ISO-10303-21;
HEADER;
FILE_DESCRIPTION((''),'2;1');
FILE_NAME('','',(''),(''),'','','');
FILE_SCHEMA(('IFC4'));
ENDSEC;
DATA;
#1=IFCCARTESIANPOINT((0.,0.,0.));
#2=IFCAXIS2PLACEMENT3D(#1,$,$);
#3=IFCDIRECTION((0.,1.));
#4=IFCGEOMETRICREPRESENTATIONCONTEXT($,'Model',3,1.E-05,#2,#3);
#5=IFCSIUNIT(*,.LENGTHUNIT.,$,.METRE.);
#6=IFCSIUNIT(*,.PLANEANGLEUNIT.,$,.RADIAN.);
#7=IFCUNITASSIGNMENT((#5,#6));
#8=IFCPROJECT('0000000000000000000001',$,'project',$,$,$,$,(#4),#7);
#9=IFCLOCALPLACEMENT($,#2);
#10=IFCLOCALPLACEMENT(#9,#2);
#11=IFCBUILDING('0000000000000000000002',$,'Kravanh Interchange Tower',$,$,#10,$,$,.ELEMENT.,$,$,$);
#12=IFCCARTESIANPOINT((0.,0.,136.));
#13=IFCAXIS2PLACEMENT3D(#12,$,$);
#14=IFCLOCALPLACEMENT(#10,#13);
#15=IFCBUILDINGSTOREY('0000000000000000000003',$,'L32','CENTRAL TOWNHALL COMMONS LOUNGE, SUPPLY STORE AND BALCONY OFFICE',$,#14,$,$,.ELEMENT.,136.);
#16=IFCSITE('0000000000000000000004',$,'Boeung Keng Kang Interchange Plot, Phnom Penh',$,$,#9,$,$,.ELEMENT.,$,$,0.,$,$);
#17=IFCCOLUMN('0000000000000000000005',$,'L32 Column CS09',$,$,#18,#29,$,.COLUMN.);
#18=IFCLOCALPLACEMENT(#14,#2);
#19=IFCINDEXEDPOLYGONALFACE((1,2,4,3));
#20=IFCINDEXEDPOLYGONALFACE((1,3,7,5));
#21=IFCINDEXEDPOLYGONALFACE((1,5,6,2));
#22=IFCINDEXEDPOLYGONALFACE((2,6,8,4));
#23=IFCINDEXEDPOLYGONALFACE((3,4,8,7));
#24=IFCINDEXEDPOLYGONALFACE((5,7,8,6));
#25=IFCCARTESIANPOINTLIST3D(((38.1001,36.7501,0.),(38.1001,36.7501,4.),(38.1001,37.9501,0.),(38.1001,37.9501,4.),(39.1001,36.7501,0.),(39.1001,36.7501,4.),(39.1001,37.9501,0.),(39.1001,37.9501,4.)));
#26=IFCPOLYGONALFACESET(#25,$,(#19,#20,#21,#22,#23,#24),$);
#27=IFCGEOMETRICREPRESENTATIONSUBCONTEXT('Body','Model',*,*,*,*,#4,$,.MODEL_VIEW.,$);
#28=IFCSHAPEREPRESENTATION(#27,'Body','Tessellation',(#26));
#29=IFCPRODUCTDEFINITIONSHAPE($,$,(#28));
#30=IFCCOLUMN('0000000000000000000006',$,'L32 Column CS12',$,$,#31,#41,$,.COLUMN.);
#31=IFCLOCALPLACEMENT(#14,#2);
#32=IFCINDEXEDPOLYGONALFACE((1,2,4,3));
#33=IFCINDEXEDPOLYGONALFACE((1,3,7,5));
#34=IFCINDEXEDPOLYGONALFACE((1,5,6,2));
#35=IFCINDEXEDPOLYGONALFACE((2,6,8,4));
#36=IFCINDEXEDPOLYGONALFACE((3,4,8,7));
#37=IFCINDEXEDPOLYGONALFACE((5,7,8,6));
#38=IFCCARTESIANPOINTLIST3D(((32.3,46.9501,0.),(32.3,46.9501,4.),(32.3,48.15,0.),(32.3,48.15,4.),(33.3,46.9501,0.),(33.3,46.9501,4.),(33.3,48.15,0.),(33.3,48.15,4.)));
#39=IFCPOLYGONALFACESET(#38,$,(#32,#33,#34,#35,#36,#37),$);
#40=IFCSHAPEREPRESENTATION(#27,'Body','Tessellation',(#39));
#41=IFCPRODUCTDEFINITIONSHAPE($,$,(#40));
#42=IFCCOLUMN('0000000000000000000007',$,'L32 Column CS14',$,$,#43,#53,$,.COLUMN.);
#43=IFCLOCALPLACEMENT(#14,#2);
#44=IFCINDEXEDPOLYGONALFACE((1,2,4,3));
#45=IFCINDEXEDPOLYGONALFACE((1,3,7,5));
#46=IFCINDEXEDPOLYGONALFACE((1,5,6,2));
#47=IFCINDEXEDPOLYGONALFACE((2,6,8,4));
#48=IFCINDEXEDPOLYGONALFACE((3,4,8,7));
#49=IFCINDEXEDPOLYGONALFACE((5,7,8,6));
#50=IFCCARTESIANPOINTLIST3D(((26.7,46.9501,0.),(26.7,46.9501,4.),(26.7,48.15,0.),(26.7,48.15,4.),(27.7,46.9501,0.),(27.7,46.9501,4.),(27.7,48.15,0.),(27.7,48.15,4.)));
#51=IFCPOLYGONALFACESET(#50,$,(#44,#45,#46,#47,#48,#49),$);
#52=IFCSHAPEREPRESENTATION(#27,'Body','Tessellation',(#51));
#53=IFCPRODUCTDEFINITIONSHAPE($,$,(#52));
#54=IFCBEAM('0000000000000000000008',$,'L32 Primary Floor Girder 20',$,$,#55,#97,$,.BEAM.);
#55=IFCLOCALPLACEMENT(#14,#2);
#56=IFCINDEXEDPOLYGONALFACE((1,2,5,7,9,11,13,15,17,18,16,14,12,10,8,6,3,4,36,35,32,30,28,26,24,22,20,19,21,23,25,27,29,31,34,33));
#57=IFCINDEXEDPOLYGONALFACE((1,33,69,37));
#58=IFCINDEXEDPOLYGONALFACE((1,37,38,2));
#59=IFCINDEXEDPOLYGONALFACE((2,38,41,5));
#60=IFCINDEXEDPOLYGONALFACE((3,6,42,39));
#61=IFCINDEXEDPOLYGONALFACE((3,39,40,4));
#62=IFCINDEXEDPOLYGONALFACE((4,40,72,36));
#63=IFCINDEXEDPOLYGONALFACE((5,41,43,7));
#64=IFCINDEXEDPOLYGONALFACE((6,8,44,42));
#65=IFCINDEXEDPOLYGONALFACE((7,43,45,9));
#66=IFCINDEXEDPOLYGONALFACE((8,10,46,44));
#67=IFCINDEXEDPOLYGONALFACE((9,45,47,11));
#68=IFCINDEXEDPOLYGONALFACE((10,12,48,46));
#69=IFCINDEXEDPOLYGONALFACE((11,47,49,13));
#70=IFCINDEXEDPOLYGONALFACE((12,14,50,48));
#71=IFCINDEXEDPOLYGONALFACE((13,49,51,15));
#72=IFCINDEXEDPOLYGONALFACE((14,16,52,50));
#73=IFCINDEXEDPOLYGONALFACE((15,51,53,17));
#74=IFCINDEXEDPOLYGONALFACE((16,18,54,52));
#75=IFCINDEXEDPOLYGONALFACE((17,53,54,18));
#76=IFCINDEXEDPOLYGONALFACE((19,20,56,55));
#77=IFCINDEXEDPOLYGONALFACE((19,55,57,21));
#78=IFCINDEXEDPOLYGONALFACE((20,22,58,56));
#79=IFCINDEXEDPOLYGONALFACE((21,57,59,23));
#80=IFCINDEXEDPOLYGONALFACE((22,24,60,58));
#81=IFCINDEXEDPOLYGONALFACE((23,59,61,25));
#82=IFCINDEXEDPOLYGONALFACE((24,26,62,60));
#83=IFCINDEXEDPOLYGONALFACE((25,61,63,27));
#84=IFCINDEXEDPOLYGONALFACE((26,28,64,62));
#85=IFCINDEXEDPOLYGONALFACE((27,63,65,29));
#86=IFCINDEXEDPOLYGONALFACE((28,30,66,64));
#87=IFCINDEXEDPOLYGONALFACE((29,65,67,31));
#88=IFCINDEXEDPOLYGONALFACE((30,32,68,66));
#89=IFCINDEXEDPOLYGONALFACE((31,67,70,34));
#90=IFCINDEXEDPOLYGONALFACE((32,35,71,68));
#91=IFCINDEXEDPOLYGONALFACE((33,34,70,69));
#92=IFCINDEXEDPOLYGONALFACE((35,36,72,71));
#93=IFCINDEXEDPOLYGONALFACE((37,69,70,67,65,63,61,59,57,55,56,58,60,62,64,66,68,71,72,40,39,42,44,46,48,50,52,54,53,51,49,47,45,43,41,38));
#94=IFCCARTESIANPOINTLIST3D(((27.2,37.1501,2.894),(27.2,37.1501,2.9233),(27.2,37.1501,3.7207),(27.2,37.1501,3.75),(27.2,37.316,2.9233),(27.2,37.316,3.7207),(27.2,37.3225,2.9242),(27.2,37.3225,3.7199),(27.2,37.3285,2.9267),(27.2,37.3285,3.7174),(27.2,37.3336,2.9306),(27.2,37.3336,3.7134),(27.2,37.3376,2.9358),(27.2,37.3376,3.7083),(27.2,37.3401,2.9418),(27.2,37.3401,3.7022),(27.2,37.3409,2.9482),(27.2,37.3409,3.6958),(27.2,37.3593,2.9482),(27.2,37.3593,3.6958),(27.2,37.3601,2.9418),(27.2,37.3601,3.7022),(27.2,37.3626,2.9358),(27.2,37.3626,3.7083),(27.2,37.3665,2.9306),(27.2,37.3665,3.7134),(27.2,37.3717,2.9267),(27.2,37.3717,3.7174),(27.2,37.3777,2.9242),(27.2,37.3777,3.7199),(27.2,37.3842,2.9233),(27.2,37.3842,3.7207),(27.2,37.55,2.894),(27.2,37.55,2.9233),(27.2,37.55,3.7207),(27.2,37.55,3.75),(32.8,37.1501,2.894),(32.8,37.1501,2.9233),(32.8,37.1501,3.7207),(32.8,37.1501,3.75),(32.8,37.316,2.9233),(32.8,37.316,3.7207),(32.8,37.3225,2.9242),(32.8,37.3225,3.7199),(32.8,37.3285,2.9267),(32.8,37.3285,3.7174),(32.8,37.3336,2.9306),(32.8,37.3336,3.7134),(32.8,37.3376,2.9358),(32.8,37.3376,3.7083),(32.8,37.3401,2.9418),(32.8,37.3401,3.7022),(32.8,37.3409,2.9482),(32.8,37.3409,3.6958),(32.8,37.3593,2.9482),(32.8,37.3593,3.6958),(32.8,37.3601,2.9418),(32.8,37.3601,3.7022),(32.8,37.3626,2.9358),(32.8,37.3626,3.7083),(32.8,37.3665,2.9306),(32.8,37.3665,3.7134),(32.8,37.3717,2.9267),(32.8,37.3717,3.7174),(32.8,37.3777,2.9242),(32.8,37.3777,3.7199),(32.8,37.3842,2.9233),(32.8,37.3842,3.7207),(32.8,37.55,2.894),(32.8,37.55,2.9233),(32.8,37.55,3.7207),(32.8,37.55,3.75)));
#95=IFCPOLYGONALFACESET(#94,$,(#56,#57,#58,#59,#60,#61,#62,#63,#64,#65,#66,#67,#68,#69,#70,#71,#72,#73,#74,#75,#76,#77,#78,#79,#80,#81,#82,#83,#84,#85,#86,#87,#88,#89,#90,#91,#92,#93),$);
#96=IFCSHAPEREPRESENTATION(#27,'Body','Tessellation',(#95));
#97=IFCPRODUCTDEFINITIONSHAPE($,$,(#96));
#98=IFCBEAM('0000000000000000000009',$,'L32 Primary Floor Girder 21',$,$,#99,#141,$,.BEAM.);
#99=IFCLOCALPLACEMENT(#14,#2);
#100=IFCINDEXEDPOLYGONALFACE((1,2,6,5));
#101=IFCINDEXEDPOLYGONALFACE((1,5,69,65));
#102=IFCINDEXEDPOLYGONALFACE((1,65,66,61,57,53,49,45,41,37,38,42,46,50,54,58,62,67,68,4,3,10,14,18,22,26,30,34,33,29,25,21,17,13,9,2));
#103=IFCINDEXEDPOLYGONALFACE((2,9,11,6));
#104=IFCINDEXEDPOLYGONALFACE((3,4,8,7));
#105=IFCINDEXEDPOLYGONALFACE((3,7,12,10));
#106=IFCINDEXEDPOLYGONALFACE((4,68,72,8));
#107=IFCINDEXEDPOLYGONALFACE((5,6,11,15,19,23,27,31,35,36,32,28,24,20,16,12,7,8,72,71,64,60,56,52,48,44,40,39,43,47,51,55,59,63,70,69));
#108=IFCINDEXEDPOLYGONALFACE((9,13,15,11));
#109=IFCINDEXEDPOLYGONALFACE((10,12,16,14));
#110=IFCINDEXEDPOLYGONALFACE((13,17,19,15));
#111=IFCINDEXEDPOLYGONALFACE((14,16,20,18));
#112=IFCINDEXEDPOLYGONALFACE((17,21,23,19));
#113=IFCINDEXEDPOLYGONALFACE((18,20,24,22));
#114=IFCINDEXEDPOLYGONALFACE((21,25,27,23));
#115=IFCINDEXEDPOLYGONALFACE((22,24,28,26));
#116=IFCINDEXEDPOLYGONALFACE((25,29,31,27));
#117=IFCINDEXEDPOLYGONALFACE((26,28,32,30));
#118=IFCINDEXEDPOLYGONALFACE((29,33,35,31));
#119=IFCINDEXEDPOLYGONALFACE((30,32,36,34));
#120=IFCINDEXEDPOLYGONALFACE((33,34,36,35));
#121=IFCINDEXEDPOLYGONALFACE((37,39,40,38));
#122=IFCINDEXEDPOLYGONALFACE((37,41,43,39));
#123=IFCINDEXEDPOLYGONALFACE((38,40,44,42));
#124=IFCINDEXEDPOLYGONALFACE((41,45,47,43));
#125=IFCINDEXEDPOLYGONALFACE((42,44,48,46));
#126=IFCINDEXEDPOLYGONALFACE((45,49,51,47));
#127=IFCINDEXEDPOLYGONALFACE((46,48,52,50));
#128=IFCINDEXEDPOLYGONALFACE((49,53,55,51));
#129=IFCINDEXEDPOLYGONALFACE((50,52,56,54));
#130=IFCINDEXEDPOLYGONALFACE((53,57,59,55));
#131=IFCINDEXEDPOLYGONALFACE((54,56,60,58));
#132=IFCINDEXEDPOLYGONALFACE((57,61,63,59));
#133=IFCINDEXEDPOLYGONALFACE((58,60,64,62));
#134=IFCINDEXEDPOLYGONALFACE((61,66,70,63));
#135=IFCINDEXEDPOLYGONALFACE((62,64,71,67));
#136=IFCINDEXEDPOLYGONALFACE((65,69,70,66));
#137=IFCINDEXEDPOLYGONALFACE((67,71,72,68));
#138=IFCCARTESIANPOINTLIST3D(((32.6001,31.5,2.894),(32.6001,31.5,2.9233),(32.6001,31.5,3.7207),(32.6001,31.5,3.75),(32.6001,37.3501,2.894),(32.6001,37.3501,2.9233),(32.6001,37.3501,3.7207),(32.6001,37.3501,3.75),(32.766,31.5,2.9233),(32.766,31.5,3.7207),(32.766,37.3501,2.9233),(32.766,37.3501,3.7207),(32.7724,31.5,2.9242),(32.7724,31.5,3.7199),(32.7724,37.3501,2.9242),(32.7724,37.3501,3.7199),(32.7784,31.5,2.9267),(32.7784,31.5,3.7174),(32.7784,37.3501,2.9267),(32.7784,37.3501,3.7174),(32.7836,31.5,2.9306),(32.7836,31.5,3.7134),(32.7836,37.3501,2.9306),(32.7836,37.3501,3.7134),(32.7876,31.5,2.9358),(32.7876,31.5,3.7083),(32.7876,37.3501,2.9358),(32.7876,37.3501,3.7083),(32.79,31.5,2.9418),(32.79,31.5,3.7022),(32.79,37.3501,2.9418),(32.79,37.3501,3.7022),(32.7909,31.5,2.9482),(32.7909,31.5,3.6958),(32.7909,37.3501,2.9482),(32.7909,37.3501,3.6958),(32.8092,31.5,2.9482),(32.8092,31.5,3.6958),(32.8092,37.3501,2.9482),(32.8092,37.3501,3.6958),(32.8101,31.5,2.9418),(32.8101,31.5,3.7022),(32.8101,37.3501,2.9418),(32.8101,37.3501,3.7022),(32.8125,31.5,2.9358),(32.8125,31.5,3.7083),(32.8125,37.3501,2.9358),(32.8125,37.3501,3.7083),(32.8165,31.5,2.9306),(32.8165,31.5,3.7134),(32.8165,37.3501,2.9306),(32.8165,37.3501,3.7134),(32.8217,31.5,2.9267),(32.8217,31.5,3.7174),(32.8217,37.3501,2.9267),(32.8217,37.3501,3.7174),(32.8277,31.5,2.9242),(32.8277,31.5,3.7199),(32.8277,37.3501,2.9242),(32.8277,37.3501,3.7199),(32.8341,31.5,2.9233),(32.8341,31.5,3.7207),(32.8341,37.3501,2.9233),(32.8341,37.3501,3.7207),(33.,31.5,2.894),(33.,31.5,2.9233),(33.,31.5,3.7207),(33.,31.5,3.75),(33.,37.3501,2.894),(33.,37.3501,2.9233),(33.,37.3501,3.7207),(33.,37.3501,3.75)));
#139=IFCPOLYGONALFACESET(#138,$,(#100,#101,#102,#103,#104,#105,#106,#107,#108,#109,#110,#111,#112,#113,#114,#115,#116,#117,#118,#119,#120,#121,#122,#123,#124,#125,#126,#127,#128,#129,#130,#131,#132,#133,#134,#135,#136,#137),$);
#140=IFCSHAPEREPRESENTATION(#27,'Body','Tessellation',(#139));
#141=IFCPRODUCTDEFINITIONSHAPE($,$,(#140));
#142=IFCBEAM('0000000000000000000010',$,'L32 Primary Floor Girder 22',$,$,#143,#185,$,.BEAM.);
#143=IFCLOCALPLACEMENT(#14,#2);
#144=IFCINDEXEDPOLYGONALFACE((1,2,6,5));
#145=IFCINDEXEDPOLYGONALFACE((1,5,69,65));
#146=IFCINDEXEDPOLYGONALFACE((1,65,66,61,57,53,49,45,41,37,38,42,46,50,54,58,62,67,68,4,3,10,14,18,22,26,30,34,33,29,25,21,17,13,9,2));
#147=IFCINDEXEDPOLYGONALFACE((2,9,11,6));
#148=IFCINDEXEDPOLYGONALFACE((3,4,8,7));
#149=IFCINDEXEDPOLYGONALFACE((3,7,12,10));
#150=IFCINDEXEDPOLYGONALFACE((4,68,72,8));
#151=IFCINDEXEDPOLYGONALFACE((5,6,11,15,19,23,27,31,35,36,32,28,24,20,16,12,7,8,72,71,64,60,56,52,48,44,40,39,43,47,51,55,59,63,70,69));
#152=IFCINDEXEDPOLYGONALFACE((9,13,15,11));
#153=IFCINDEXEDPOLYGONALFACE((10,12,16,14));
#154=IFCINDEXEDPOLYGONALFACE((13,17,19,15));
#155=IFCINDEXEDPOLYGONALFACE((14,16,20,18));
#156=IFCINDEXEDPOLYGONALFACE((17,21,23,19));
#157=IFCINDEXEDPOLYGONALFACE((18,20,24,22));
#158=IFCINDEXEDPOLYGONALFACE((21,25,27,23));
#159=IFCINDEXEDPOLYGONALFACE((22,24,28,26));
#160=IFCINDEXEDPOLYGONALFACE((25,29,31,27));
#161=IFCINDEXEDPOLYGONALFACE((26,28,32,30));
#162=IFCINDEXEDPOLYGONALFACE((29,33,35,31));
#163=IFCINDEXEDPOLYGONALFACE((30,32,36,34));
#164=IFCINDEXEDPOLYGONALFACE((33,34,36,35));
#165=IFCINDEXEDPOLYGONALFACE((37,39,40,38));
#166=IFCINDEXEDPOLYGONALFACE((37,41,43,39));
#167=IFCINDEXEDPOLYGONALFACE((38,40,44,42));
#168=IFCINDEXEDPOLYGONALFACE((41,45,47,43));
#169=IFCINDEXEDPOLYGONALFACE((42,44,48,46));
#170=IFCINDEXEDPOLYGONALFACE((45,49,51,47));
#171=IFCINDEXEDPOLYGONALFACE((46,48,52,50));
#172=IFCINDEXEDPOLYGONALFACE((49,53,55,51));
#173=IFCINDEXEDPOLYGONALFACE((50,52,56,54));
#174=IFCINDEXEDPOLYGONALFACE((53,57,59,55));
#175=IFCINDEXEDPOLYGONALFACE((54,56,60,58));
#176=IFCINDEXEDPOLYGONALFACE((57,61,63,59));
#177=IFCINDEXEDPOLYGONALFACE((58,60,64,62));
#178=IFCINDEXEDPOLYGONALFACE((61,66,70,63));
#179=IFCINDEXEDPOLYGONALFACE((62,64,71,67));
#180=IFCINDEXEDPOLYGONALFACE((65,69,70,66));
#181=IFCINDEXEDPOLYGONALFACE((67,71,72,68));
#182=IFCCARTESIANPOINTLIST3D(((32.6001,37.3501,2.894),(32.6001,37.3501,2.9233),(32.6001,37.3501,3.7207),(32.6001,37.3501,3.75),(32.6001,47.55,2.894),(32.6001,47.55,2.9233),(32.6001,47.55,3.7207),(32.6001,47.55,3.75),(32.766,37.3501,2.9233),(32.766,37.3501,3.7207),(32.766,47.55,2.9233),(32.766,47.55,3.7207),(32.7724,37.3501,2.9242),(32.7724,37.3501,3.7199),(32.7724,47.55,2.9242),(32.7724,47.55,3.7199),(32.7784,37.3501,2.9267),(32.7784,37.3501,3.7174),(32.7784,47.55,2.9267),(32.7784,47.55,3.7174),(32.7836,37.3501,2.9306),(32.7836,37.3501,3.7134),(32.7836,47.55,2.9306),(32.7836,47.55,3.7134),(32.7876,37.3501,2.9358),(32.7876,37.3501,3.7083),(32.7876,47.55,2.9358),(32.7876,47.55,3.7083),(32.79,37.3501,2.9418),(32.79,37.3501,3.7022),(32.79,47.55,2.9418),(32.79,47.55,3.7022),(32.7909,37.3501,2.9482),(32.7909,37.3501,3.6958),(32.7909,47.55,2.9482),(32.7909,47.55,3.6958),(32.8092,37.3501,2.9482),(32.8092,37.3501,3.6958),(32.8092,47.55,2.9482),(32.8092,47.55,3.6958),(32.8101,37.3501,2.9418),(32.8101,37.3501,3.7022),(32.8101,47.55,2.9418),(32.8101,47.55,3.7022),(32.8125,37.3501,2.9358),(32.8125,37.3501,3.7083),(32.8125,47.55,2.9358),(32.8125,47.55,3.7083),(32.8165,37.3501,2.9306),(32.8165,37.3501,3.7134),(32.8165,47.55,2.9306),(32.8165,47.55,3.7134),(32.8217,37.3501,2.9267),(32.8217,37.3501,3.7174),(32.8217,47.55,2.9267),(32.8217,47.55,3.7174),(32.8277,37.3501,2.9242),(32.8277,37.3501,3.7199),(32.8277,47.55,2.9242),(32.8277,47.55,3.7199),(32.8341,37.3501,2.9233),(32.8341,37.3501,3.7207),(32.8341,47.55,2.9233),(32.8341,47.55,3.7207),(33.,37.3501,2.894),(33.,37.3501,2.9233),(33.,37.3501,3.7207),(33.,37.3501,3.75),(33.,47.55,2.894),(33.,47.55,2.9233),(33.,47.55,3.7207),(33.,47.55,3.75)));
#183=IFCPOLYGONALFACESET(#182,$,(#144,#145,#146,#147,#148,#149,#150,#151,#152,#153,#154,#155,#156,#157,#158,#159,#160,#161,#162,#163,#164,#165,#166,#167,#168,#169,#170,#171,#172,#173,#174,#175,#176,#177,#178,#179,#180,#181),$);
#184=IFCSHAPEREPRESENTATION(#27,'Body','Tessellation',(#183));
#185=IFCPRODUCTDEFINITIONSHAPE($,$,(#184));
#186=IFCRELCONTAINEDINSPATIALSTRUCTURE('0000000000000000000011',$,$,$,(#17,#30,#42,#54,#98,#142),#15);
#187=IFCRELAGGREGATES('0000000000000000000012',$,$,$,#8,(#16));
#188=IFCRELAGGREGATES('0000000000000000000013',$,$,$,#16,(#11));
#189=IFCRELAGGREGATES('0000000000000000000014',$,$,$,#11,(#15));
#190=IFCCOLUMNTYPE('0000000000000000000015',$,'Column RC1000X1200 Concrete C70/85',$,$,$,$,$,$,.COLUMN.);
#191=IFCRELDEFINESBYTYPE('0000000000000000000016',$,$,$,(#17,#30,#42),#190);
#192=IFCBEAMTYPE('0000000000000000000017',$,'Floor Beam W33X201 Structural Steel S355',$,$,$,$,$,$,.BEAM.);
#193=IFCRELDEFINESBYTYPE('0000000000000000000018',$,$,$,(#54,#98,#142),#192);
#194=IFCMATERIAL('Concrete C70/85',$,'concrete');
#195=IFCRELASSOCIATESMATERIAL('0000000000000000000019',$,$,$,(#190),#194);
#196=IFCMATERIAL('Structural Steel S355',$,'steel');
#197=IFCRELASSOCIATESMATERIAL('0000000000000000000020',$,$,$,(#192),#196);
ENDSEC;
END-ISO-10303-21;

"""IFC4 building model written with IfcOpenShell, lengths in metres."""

from ifc_helpers import new_model, si_unit, direction, frame, origin, origin_2d, place, context, subcontext, project, spatial, rectangle, i_section, extrude, material, material_profile, profile_set, type_object, element, save


model = new_model("IFC4")

# Units and contexts
model_context = context("Model", 3, precision=1e-05, world=origin(), true_north=direction((0.0, 1.0)))
body_context = subcontext(model_context, "Body", "Model", "MODEL_VIEW")
ifc_project = project(units=[si_unit("LENGTHUNIT", "METRE"), si_unit("PLANEANGLEUNIT", "RADIAN")], contexts=[model_context])

# Site, building, storey
site_placement = place(None, origin())
site = spatial("IfcSite", under=ifc_project, at=site_placement, Name="Boeung Keng Kang Interchange Plot, Phnom Penh", CompositionType="ELEMENT", RefElevation=0.0)
building_placement = place(site_placement, origin())
building = spatial("IfcBuilding", under=site, at=building_placement, Name="Kravanh Interchange Tower", CompositionType="ELEMENT")
storey_placement = place(building_placement, frame((0.0, 0.0, 136.0)))
storey = spatial("IfcBuildingStorey", under=building, at=storey_placement, Name="L32", Description="CENTRAL TOWNHALL COMMONS LOUNGE, SUPPLY STORE AND BALCONY OFFICE", CompositionType="ELEMENT", Elevation=136.0)

# Columns
ifc_material_1 = material(Name="Concrete C70/85", Category="concrete")
ifc_material_profile_1 = material_profile(ifc_material_1, rectangle(XDim=1.0, YDim=1.2, at=origin_2d()), Name="RC1000X1200")
ifc_profile_set_1 = profile_set([ifc_material_profile_1], Name="Concrete C70/85")
column_type = type_object("IfcColumnType", Name="Column RC1000X1200 Concrete C70/85", PredefinedType="COLUMN", material=ifc_profile_set_1)
for number, where, z_axis, x_axis, name in (
    (1, (38.6001, 37.3501, 0.0), (0.0, 0.0, 1.0), (1.0, 0.0, 0.0), "L32 Column CS09"),
    (2, (32.8, 47.55, 0.0), (0.0, 0.0, 1.0), (1.0, 0.0, 0.0), "L32 Column CS12"),
    (3, (27.2, 47.55, 0.0), (0.0, 0.0, 1.0), (1.0, 0.0, 0.0), "L32 Column CS14"),
):
    element("IfcColumn", number, at=place(storey_placement, frame(where, z_axis=z_axis, x_axis=x_axis)), inside=storey, type_object=column_type, Name=name, PredefinedType="COLUMN", context=body_context, shape_type="SweptSolid", body=[
        extrude(rectangle(XDim=1.0, YDim=1.2, at=origin_2d()), origin(), (0.0, 0.0, 1.0), 4.0),
    ])

# Beams
ifc_material_2 = material(Name="Structural Steel S355", Category="steel")
ifc_material_profile_2 = material_profile(ifc_material_2, i_section(OverallWidth=0.3999, OverallDepth=0.856, WebThickness=0.0183, FlangeThickness=0.0293, FilletRadius=0.0249, at=origin_2d()), Name="W33X201")
ifc_profile_set_2 = profile_set([ifc_material_profile_2], Name="Structural Steel S355")
beam_type = type_object("IfcBeamType", Name="Floor Beam W33X201 Structural Steel S355", PredefinedType="BEAM", material=ifc_profile_set_2)
beam_1_placement = place(storey_placement, frame((32.8, 37.3501, 3.322), z_axis=(-1.0, 0.0, 0.0), x_axis=(0.0, -1.0, 0.0)))
element("IfcBeam", 4, at=beam_1_placement, inside=storey, type_object=beam_type, Name="L32 Primary Floor Girder 20", PredefinedType="BEAM", context=body_context, shape_type="SweptSolid", body=[
    extrude(i_section(OverallWidth=0.3999, OverallDepth=0.856, WebThickness=0.0183, FlangeThickness=0.0293, FilletRadius=0.0249, at=origin_2d()), origin(), (0.0, 0.0, 1.0), 5.6001),
])
beam_2_placement = place(storey_placement, frame((32.8, 37.3501, 3.322), z_axis=(0.0, -1.0, 0.0), x_axis=(1.0, 0.0, 0.0)))
element("IfcBeam", 5, at=beam_2_placement, inside=storey, type_object=beam_type, Name="L32 Primary Floor Girder 21", PredefinedType="BEAM", context=body_context, shape_type="SweptSolid", body=[
    extrude(i_section(OverallWidth=0.3999, OverallDepth=0.856, WebThickness=0.0183, FlangeThickness=0.0293, FilletRadius=0.0249, at=origin_2d()), origin(), (0.0, 0.0, 1.0), 5.8501),
])
beam_3_placement = place(storey_placement, frame((32.8, 37.3501, 3.322), z_axis=(0.0, 1.0, 0.0), x_axis=(-1.0, 0.0, 0.0)))
element("IfcBeam", 6, at=beam_3_placement, inside=storey, type_object=beam_type, Name="L32 Primary Floor Girder 22", PredefinedType="BEAM", context=body_context, shape_type="SweptSolid", body=[
    extrude(i_section(OverallWidth=0.3999, OverallDepth=0.856, WebThickness=0.0183, FlangeThickness=0.0293, FilletRadius=0.0249, at=origin_2d()), origin(), (0.0, 0.0, 1.0), 10.2),
])

save(model, "model.ifc")
